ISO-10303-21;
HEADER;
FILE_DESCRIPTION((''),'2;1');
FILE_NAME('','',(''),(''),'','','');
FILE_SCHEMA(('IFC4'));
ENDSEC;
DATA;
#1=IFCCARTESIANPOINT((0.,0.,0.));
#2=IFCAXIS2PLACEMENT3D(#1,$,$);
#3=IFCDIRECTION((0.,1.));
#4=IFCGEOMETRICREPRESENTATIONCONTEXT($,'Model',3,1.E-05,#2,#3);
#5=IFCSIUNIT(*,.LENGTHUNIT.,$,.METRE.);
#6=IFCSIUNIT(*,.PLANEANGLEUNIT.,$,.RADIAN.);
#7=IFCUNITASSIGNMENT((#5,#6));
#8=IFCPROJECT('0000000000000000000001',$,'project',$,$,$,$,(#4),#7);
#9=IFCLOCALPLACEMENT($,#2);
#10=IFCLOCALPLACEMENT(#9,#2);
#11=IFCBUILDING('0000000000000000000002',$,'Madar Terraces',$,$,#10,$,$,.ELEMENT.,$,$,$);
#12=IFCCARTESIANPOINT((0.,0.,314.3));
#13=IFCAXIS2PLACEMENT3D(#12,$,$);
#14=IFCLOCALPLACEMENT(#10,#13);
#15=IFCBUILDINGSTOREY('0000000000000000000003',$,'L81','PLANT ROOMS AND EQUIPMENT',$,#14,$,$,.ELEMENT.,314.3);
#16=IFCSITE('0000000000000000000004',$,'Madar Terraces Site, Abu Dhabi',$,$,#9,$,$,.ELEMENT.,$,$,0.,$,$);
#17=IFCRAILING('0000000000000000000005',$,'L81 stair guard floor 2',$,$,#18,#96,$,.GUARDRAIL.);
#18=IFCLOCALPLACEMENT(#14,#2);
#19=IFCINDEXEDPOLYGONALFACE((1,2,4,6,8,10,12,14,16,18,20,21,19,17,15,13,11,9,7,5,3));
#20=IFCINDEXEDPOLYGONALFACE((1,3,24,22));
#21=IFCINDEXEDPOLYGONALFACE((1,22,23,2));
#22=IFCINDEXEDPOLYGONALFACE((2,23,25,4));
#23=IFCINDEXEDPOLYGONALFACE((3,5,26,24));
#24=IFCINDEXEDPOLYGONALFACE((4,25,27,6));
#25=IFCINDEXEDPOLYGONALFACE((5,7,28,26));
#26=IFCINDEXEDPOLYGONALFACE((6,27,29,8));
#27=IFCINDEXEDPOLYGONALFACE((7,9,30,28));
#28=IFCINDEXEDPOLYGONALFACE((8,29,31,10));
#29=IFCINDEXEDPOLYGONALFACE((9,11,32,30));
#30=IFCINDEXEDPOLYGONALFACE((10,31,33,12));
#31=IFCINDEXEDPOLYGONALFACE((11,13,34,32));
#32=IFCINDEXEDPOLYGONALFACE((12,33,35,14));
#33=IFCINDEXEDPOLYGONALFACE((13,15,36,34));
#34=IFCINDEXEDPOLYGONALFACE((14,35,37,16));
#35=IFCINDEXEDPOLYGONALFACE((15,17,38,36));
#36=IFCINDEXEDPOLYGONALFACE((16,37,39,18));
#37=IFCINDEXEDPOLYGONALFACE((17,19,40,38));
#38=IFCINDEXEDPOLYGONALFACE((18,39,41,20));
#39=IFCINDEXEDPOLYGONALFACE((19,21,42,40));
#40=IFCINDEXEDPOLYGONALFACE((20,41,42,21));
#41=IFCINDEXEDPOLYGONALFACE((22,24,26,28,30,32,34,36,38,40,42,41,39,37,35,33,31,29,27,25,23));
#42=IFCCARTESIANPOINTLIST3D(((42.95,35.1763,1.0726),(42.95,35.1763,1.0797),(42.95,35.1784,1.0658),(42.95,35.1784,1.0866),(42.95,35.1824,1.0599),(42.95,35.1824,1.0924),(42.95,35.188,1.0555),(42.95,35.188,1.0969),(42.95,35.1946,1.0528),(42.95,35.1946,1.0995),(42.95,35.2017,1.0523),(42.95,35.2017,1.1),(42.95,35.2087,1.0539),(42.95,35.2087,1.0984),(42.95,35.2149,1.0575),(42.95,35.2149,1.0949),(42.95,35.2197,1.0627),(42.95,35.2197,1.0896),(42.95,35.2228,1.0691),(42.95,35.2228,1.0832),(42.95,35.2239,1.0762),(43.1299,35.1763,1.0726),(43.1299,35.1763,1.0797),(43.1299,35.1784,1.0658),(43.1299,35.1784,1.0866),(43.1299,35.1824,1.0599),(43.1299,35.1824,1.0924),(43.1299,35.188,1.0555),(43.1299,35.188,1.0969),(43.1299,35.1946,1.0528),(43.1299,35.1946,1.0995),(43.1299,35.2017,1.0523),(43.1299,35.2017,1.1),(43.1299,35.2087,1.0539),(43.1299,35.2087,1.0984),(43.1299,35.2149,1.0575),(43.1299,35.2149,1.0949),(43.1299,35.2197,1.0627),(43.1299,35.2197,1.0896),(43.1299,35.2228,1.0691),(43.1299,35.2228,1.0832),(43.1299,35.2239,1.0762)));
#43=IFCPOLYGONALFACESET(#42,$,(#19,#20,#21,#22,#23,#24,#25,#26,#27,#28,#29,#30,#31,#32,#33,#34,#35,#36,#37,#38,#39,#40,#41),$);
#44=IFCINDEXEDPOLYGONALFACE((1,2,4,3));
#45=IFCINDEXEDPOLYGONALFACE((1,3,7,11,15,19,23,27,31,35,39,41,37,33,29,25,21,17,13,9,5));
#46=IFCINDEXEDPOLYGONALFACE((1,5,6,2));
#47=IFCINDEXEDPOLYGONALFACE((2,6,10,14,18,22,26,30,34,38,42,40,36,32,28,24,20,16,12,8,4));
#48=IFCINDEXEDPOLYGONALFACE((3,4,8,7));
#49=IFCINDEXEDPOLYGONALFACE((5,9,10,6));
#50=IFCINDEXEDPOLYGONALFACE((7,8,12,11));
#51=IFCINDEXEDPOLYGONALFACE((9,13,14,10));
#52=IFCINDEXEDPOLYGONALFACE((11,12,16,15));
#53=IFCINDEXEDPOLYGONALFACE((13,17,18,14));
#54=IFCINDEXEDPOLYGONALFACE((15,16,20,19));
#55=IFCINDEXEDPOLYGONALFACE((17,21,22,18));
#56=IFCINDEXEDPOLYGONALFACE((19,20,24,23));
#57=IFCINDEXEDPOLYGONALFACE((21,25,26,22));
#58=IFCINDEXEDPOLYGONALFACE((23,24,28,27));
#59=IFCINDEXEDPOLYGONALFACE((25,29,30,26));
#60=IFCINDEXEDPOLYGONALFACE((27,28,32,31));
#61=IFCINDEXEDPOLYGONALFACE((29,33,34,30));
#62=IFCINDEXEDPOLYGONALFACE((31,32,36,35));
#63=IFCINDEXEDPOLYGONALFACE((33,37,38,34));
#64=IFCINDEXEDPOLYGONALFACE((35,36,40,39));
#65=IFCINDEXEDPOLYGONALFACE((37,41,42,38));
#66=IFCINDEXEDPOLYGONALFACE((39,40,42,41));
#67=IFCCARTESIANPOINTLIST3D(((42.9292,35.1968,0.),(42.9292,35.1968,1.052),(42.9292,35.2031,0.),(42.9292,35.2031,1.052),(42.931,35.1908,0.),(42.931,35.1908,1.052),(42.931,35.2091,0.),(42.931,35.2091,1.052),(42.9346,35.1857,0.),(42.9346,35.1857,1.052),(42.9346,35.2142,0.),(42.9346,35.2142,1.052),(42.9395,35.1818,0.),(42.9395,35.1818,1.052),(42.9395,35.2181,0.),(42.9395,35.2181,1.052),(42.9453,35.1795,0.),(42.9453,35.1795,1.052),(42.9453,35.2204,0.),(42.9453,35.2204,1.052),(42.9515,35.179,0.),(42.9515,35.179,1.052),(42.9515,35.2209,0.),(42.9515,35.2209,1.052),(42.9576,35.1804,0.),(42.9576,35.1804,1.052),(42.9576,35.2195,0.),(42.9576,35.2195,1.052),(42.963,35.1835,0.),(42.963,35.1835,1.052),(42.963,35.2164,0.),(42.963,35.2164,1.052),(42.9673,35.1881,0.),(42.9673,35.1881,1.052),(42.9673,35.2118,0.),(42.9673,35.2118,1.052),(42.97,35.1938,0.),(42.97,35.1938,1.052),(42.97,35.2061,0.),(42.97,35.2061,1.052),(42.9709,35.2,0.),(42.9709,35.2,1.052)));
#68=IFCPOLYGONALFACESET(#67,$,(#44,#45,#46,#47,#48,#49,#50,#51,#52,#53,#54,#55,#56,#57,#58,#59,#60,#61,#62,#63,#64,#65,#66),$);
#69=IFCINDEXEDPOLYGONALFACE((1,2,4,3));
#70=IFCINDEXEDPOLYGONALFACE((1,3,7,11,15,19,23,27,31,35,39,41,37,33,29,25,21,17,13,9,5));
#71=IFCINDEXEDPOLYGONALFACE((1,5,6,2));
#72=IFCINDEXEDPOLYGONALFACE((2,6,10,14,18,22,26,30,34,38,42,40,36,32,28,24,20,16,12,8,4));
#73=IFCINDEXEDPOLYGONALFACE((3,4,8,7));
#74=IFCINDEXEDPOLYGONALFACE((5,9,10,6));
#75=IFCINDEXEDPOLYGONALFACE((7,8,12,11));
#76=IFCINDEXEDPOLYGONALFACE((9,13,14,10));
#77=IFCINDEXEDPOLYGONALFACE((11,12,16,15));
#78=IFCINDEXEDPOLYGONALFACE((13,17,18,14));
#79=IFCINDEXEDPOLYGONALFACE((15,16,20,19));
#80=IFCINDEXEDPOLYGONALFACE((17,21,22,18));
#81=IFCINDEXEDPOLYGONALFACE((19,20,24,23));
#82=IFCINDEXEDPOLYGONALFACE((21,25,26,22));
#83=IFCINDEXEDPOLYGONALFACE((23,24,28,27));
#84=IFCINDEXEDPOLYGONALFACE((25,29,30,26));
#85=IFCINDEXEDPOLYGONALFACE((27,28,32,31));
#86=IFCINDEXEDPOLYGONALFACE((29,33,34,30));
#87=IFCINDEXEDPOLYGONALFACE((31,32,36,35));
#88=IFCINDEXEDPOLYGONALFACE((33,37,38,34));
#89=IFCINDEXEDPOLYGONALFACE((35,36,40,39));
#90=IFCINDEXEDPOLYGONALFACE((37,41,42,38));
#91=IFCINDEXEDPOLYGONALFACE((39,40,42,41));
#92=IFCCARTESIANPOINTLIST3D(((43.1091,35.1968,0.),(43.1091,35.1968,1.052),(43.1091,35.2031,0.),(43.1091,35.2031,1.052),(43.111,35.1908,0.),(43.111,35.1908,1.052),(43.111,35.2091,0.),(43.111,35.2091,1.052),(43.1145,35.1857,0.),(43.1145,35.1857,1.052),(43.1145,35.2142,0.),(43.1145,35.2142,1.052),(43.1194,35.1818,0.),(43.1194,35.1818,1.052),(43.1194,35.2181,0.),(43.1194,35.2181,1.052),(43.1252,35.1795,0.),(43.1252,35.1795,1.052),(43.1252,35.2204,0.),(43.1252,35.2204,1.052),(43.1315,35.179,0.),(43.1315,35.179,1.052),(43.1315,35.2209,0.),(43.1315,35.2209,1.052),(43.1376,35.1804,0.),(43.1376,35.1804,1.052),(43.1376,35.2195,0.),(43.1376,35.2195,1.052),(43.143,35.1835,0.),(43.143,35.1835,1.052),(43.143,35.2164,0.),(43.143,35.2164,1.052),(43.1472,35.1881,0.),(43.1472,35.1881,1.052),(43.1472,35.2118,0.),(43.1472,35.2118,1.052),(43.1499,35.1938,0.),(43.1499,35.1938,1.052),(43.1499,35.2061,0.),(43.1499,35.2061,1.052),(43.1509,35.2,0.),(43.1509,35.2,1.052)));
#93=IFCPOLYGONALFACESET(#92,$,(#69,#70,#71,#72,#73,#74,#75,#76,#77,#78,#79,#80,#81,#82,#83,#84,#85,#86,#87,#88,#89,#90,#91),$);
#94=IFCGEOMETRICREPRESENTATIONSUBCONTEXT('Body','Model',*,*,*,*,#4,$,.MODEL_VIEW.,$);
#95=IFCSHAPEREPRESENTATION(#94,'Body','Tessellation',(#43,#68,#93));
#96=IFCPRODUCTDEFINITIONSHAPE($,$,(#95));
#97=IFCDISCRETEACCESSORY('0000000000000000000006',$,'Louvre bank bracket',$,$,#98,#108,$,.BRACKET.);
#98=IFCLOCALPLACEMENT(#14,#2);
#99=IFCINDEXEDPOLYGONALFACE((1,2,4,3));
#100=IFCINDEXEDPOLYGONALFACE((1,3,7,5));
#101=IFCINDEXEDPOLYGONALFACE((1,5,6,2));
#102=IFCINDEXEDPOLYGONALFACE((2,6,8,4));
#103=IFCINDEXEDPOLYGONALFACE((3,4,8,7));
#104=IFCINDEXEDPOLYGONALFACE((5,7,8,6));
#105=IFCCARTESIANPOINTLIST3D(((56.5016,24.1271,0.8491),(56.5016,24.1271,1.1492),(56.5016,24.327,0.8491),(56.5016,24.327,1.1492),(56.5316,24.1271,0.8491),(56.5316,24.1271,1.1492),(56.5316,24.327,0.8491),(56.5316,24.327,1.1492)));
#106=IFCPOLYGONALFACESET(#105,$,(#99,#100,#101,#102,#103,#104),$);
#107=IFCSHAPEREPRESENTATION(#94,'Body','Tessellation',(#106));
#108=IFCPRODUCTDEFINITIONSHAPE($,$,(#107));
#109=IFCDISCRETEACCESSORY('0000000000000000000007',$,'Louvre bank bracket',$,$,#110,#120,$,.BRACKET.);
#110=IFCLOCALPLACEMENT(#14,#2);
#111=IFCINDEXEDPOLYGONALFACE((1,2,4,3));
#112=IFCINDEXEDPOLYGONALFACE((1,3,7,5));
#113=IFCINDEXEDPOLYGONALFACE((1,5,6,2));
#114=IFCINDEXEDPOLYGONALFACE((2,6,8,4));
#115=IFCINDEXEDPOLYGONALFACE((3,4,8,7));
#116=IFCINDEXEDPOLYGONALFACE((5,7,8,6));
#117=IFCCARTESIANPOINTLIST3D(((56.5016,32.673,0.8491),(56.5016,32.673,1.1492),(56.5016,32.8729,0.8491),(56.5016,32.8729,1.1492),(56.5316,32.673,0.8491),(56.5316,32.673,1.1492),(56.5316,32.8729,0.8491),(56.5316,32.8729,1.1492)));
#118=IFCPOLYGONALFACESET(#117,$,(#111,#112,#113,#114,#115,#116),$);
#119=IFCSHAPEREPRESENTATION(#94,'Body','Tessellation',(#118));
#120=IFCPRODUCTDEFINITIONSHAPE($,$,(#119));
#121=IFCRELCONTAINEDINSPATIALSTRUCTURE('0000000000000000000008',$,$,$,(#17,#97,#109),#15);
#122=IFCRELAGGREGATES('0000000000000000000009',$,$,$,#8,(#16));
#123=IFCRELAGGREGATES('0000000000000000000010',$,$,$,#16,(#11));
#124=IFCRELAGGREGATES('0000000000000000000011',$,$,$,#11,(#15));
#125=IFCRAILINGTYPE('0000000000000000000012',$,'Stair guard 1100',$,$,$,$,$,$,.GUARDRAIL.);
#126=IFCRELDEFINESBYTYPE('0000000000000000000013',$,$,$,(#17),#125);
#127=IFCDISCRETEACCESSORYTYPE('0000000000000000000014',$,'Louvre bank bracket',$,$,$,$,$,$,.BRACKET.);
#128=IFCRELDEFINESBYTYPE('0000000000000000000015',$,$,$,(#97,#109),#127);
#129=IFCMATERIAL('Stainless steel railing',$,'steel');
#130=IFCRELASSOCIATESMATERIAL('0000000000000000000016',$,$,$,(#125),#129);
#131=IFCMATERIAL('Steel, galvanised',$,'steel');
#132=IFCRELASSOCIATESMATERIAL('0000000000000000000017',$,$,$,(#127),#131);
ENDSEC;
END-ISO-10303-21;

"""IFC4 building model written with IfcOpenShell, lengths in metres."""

from ifc_helpers import new_model, si_unit, direction, frame, origin, origin_2d, place, context, subcontext, project, spatial, rectangle, circle, extrude, material, type_object, element, save


model = new_model("IFC4")

# Units and contexts
model_context = context("Model", 3, precision=1e-05, world=origin(), true_north=direction((0.0, 1.0)))
body_context = subcontext(model_context, "Body", "Model", "MODEL_VIEW")
ifc_project = project(units=[si_unit("LENGTHUNIT", "METRE"), si_unit("PLANEANGLEUNIT", "RADIAN")], contexts=[model_context])

# Site, building, storey
site_placement = place(None, origin())
site = spatial("IfcSite", under=ifc_project, at=site_placement, Name="Madar Terraces Site, Abu Dhabi", CompositionType="ELEMENT", RefElevation=0.0)
building_placement = place(site_placement, origin())
building = spatial("IfcBuilding", under=site, at=building_placement, Name="Madar Terraces", CompositionType="ELEMENT")
storey_placement = place(building_placement, frame((0.0, 0.0, 314.3)))
storey = spatial("IfcBuildingStorey", under=building, at=storey_placement, Name="L81", Description="PLANT ROOMS AND EQUIPMENT", CompositionType="ELEMENT", Elevation=314.3)

# Railing
ifc_material_1 = material(Name="Stainless steel railing", Category="steel")
railing_type = type_object("IfcRailingType", Name="Stair guard 1100", PredefinedType="GUARDRAIL", material=ifc_material_1)
railing_placement = place(storey_placement, frame((42.95, 35.2, 0.0)))
element("IfcRailing", 1, at=railing_placement, inside=storey, type_object=railing_type, Name="L81 stair guard floor 2", PredefinedType="GUARDRAIL", context=body_context, shape_type="SweptSolid", body=[
    extrude(circle(Radius=0.0239, at=origin_2d()), frame((0.0, 0.0, 1.0762), z_axis=(1.0, 0.0, 0.0), x_axis=(0.0, 1.0, 0.0)), (0.0, 0.0, 1.0), 0.1799),
    extrude(circle(Radius=0.021, at=origin_2d()), origin(), (0.0, 0.0, 1.0), 1.052),
    extrude(circle(Radius=0.021, at=origin_2d()), frame((0.1799, 0.0, 0.0)), (0.0, 0.0, 1.0), 1.052),
])

# Discrete accessories
ifc_material_2 = material(Name="Steel, galvanised", Category="steel")
discrete_accessory_type = type_object("IfcDiscreteAccessoryType", Name="Louvre bank bracket", PredefinedType="BRACKET", material=ifc_material_2)
for number, where, z_axis, x_axis, name in (
    (2, (56.5166, 24.2271, 0.8491), (0.0, 0.0, 1.0), (0.0, 1.0, 0.0), "Louvre bank bracket"),
    (3, (56.5166, 32.7729, 0.8491), (0.0, 0.0, 1.0), (0.0, 1.0, 0.0), "Louvre bank bracket"),
):
    element("IfcDiscreteAccessory", number, at=place(storey_placement, frame(where, z_axis=z_axis, x_axis=x_axis)), inside=storey, type_object=discrete_accessory_type, Name=name, PredefinedType="BRACKET", context=body_context, shape_type="SweptSolid", body=[
        extrude(rectangle(XDim=0.2, YDim=0.03, at=origin_2d()), origin(), (0.0, 0.0, 1.0), 0.3),
    ])

save(model, "model.ifc")
